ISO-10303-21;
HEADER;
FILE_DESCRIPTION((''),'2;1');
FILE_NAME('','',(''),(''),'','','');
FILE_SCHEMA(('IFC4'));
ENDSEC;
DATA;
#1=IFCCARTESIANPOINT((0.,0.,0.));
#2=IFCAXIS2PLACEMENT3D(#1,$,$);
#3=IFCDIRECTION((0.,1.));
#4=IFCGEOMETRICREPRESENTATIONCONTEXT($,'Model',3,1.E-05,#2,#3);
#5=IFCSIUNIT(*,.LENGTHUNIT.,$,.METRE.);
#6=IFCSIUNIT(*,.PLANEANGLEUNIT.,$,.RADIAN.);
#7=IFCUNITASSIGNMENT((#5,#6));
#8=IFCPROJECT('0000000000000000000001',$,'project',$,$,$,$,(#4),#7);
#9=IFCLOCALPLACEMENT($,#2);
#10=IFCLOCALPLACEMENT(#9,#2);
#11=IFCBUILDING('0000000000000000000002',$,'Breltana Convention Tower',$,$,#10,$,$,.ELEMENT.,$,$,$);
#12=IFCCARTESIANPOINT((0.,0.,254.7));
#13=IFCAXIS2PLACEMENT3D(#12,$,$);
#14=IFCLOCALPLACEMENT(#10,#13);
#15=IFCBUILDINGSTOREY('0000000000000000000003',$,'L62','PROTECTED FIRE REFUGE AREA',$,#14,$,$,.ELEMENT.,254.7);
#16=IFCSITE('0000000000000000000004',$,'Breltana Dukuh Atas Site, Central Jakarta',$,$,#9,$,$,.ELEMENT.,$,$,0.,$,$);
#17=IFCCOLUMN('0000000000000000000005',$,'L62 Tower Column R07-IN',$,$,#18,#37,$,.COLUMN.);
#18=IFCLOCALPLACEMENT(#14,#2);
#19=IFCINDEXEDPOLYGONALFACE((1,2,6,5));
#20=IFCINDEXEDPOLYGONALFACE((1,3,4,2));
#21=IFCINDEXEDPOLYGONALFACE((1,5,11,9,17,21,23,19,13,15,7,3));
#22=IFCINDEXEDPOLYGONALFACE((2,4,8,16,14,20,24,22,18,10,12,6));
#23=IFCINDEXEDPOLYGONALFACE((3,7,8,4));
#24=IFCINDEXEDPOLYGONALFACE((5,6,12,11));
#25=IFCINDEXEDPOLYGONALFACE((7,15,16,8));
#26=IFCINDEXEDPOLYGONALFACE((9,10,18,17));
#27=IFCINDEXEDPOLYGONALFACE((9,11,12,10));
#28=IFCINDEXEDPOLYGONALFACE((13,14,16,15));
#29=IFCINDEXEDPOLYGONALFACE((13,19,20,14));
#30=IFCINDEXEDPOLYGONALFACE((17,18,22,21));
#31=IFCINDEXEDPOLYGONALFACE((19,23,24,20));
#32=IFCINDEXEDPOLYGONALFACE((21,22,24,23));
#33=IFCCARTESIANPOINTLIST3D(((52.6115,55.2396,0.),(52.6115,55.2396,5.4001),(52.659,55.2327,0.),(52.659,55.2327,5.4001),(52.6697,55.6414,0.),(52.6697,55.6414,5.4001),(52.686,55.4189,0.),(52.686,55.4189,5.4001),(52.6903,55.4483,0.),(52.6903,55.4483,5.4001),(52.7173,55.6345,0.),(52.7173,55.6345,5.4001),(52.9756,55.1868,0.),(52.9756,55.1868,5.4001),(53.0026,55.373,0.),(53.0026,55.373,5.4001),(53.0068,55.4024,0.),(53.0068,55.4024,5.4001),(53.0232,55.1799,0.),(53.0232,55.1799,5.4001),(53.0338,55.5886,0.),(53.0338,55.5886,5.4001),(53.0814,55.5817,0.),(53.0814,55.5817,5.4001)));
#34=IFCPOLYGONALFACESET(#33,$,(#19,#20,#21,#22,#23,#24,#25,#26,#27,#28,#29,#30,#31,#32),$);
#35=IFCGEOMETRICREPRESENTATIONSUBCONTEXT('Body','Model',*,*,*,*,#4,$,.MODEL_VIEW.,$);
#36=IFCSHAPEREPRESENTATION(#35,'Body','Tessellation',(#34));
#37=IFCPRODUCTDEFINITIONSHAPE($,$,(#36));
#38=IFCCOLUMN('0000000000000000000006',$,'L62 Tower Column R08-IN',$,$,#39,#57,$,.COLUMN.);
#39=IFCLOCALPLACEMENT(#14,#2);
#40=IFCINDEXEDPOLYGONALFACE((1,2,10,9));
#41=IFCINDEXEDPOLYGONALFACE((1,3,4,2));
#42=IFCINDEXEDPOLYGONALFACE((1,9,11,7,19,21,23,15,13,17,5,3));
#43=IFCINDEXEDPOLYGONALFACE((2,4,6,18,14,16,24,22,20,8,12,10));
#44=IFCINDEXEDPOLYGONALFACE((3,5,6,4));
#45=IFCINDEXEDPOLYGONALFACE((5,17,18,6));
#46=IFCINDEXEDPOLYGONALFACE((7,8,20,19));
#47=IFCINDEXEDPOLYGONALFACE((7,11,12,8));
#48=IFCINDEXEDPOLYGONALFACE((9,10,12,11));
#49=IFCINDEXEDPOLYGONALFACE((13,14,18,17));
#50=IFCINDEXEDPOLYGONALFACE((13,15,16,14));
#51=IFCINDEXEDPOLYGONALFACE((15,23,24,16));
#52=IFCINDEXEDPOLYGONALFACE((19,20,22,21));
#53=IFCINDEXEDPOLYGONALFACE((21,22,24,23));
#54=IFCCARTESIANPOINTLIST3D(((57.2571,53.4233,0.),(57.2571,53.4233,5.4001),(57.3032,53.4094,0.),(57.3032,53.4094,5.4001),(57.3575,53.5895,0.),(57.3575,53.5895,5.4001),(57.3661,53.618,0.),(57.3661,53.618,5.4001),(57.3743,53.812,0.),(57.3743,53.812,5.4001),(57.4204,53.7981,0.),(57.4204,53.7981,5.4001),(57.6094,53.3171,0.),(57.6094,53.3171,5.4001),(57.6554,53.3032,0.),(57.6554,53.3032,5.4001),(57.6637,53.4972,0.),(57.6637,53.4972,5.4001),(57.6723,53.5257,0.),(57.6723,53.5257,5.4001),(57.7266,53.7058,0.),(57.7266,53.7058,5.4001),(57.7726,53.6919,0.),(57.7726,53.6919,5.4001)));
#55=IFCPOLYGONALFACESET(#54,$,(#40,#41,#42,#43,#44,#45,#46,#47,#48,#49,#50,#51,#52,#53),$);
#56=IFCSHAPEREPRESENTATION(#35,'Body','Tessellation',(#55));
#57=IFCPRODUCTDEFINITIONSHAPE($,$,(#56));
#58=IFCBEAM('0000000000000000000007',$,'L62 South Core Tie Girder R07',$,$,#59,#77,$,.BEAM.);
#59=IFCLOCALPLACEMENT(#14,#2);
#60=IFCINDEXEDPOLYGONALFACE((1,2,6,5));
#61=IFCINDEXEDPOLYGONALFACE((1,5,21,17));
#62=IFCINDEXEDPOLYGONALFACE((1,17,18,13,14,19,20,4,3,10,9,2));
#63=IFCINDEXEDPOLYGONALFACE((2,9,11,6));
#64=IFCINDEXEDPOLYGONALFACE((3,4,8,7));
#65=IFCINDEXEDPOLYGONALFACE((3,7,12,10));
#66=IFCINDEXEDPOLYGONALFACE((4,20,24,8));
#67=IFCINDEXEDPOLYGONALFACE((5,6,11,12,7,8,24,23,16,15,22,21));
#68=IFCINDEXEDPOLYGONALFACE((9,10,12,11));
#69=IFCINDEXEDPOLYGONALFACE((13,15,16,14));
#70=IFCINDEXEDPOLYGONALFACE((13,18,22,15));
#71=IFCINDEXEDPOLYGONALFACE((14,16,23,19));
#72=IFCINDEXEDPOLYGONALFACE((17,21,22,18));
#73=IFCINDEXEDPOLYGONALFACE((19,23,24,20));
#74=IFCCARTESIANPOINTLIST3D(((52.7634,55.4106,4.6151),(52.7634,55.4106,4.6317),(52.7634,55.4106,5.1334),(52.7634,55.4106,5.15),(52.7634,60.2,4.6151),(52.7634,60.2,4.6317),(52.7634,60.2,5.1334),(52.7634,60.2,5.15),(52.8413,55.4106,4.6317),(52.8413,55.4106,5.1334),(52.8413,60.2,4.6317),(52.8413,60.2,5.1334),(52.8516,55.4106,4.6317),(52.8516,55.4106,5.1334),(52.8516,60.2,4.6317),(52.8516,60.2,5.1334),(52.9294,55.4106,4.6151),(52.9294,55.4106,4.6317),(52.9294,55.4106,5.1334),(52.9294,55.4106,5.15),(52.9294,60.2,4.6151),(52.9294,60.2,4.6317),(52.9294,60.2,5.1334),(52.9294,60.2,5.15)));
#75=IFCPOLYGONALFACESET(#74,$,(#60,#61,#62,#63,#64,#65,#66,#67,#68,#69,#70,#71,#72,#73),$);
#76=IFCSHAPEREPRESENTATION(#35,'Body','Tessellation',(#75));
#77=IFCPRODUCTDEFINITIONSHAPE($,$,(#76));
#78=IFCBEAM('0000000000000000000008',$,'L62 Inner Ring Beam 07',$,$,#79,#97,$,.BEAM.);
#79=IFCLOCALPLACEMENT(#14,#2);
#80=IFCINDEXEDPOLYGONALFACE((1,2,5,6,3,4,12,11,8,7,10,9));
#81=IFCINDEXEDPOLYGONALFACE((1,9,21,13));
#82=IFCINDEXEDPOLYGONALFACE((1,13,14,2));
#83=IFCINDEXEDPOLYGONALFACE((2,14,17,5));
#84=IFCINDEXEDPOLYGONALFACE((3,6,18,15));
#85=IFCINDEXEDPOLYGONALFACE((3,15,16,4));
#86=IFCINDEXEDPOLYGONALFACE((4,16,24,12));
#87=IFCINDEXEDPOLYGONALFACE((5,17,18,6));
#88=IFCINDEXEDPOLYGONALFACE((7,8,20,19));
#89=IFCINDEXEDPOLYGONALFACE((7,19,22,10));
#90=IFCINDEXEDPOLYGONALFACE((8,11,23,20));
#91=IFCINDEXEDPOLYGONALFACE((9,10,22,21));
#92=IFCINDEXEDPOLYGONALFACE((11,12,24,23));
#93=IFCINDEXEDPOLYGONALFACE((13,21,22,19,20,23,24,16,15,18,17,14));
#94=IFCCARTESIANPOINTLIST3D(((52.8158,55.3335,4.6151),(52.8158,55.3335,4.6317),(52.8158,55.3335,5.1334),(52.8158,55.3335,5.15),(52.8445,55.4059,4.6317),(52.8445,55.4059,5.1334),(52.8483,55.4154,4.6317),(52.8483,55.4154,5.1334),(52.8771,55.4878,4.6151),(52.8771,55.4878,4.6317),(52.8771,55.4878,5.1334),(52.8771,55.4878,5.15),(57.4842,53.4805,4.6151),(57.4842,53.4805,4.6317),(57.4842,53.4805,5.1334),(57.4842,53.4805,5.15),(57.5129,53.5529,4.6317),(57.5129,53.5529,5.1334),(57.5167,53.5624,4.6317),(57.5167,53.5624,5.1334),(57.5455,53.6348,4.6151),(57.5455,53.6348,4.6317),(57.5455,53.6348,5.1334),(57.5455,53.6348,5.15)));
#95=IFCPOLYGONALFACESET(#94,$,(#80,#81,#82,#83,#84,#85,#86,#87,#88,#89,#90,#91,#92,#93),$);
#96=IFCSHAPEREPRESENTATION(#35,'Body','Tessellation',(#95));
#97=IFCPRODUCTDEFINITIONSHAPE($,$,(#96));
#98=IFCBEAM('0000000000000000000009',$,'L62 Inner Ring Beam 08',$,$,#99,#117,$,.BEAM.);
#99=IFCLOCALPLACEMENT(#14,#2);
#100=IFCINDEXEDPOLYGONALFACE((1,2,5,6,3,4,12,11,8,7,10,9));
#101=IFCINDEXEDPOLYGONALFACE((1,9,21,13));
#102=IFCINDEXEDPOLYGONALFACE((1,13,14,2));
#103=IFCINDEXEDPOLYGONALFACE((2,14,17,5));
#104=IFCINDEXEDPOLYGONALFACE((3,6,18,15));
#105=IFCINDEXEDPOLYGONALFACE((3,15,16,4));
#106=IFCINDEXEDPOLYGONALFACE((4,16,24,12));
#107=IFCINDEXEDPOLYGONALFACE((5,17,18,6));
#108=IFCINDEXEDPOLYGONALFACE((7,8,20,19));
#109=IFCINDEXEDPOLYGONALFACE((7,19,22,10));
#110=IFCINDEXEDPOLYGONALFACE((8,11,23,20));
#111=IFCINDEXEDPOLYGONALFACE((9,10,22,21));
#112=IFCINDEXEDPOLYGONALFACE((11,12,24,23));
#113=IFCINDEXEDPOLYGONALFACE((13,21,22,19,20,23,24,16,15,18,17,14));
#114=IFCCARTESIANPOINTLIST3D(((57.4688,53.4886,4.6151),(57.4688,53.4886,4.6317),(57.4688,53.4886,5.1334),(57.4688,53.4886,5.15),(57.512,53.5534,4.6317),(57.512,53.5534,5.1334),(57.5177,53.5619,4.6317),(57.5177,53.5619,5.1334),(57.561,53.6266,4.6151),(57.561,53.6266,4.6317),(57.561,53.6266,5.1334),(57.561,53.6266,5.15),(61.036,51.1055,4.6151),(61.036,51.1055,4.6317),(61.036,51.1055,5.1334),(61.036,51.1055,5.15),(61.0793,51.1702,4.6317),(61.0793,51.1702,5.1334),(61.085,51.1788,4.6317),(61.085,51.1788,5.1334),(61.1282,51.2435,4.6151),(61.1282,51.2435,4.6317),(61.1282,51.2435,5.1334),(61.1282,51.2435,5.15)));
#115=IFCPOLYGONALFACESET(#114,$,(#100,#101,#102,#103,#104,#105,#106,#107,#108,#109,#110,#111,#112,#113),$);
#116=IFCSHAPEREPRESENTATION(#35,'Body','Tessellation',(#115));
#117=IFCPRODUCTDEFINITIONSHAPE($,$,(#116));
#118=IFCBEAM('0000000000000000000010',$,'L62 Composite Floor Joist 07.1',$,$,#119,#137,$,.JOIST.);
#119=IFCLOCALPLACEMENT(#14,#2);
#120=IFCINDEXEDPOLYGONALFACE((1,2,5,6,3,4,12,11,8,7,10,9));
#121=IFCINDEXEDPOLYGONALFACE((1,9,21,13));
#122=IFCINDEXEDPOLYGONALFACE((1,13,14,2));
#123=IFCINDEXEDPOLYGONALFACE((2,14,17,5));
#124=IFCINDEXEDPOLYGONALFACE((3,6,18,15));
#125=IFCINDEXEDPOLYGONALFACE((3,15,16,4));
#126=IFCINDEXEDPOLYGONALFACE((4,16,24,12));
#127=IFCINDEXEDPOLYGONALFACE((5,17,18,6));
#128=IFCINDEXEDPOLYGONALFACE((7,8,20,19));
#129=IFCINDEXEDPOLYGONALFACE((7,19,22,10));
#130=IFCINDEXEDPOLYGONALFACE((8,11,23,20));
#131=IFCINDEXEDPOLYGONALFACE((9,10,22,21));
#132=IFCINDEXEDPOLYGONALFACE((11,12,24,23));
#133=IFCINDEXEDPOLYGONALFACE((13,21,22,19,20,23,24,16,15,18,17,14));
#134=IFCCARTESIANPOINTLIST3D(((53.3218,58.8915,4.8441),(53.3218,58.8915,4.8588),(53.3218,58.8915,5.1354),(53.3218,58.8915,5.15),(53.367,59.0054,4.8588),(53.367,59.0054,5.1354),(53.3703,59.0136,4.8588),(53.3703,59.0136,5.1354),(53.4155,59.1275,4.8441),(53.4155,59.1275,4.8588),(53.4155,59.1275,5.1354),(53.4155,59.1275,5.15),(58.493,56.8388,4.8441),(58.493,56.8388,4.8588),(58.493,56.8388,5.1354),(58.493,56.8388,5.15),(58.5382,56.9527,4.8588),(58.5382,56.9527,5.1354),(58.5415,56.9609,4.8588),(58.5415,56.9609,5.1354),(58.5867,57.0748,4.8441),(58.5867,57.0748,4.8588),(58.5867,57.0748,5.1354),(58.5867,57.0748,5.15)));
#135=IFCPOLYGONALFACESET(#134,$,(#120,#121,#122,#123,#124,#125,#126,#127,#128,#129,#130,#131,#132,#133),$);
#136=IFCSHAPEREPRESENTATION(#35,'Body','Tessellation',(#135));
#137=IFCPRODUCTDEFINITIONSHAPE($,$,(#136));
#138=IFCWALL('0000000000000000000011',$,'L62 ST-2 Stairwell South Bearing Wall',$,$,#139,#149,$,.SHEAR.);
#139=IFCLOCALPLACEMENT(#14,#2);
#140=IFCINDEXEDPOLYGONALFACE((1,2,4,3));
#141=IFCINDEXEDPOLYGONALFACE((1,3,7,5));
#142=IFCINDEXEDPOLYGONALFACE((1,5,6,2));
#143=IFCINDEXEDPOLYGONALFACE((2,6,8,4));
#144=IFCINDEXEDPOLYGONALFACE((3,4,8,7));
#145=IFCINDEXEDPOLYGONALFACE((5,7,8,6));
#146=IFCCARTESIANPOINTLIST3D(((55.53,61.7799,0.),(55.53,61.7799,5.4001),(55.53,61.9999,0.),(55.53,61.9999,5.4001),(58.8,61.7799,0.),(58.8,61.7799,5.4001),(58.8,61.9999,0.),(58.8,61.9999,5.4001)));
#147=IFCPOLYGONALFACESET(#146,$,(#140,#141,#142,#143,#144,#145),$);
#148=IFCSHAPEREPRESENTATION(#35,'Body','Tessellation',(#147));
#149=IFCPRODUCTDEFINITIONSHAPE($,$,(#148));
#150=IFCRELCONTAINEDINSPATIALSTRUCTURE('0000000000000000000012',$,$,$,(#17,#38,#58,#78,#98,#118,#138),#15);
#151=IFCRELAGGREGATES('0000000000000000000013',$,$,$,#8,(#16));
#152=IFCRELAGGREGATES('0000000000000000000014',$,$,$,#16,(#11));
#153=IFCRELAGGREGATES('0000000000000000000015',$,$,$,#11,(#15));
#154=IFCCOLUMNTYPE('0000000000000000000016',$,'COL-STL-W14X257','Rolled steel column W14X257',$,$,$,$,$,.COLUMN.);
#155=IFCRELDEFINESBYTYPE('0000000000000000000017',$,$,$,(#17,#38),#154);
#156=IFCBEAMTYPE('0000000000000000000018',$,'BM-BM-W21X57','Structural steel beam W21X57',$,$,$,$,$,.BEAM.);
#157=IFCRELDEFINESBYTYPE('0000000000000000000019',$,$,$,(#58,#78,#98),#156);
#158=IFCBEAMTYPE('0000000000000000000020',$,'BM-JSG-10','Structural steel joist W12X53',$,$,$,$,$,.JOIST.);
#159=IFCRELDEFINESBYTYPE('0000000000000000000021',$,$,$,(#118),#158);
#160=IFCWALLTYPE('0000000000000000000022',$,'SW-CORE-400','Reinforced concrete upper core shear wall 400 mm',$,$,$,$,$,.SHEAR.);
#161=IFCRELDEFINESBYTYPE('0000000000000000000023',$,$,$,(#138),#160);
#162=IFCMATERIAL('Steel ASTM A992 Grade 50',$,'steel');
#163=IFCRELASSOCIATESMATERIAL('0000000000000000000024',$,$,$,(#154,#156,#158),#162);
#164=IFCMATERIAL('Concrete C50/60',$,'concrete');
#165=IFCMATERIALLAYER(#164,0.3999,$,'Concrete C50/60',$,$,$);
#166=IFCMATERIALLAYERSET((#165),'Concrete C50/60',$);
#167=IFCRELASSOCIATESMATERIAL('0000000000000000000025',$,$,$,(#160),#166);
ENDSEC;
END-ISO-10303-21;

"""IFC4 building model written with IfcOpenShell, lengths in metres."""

from ifc_helpers import new_model, si_unit, direction, frame, frame_2d, origin, origin_2d, place, context, subcontext, project, spatial, rectangle, i_section, extrude, source, transform, mapped, material, layer, layer_set, material_profile, profile_set, type_object, element, save


model = new_model("IFC4")

# Units and contexts
model_context = context("Model", 3, precision=1e-05, world=origin(), true_north=direction((0.0, 1.0)))
body_context = subcontext(model_context, "Body", "Model", "MODEL_VIEW")
ifc_project = project(units=[si_unit("LENGTHUNIT", "METRE"), si_unit("PLANEANGLEUNIT", "RADIAN")], contexts=[model_context])

# Site, building, storey
site_placement = place(None, origin())
site = spatial("IfcSite", under=ifc_project, at=site_placement, Name="Breltana Dukuh Atas Site, Central Jakarta", CompositionType="ELEMENT", RefElevation=0.0)
building_placement = place(site_placement, origin())
building = spatial("IfcBuilding", under=site, at=building_placement, Name="Breltana Convention Tower", CompositionType="ELEMENT")
storey_placement = place(building_placement, frame((0.0, 0.0, 254.7)))
storey = spatial("IfcBuildingStorey", under=building, at=storey_placement, Name="L62", Description="PROTECTED FIRE REFUGE AREA", CompositionType="ELEMENT", Elevation=254.7)

# Columns
ifc_material_1 = material(Name="Steel ASTM A992 Grade 50", Category="steel")
ifc_material_profile_1 = material_profile(ifc_material_1, i_section(OverallWidth=0.406, OverallDepth=0.416, WebThickness=0.0298, FlangeThickness=0.0481, at=origin_2d()), Name="W14X257")
ifc_profile_set_1 = profile_set([ifc_material_profile_1], Name="Steel ASTM A992 Grade 50")
column_type = type_object("IfcColumnType", Name="COL-STL-W14X257", Description="Rolled steel column W14X257", PredefinedType="COLUMN", material=ifc_profile_set_1)
shared_shape_1 = source(origin(), body_context, "Body", "SweptSolid", [
    extrude(i_section(OverallWidth=0.406, OverallDepth=0.416, WebThickness=0.0298, FlangeThickness=0.0481, at=origin_2d()), origin(), (0.0, 0.0, 1.0), 5.4001),
])
for number, where, z_axis, x_axis, name in (
    (1, (52.8464, 55.4106, 0.0), (0.0, 0.0, 1.0), (0.143493, 0.989651, 0.0), "L62 Tower Column R07-IN"),
    (2, (57.5149, 53.5576, 0.0), (0.0, 0.0, 1.0), (0.288698, 0.95742, 0.0), "L62 Tower Column R08-IN"),
):
    element("IfcColumn", number, at=place(storey_placement, frame(where, z_axis=z_axis, x_axis=x_axis)), inside=storey, type_object=column_type, Name=name, PredefinedType="COLUMN", context=body_context, shape_type="MappedRepresentation", body=[
        mapped(shared_shape_1, transform((0.0, 0.0, 0.0), scale=1.0)),
    ])

# Beams
ifc_material_profile_2 = material_profile(ifc_material_1, i_section(OverallWidth=0.166, OverallDepth=0.5349, WebThickness=0.0103, FlangeThickness=0.0166, at=origin_2d()), Name="W21X57")
ifc_profile_set_2 = profile_set([ifc_material_profile_2], Name="Steel ASTM A992 Grade 50")
beam_type_1 = type_object("IfcBeamType", Name="BM-BM-W21X57", Description="Structural steel beam W21X57", PredefinedType="BEAM", material=ifc_profile_set_2)
shared_shape_2 = source(origin(), body_context, "Body", "SweptSolid", [
    extrude(i_section(OverallWidth=0.166, OverallDepth=0.5349, WebThickness=0.0103, FlangeThickness=0.0166, at=origin_2d()), origin(), (0.0, 0.0, 1.0), 4.7893),
])
beam_1_placement = place(storey_placement, frame((52.8464, 60.2, 4.8826), z_axis=(0.0, -1.0, 0.0), x_axis=(1.0, 0.0, 0.0)))
element("IfcBeam", 3, at=beam_1_placement, inside=storey, type_object=beam_type_1, Name="L62 South Core Tie Girder R07", PredefinedType="BEAM", context=body_context, shape_type="MappedRepresentation", body=[
    mapped(shared_shape_2, transform((0.0, 0.0, 0.0), scale=1.0)),
])
shared_shape_3 = source(origin(), body_context, "Body", "SweptSolid", [
    extrude(i_section(OverallWidth=0.166, OverallDepth=0.5349, WebThickness=0.0103, FlangeThickness=0.0166, at=origin_2d()), origin(), (0.0, 0.0, 1.0), 5.0227),
])
beam_2_placement = place(storey_placement, frame((52.8464, 55.4106, 4.8826), z_axis=(0.929459, -0.368926, 0.0), x_axis=(0.368926, 0.929459, 0.0)))
element("IfcBeam", 4, at=beam_2_placement, inside=storey, type_object=beam_type_1, Name="L62 Inner Ring Beam 07", PredefinedType="BEAM", context=body_context, shape_type="MappedRepresentation", body=[
    mapped(shared_shape_3, transform((0.0, 0.0, 0.0), scale=1.0)),
])
shared_shape_4 = source(origin(), body_context, "Body", "SweptSolid", [
    extrude(i_section(OverallWidth=0.166, OverallDepth=0.5349, WebThickness=0.0103, FlangeThickness=0.0166, at=origin_2d()), origin(), (0.0, 0.0, 1.0), 4.29),
])
beam_3_placement = place(storey_placement, frame((57.5149, 53.5576, 4.8826), z_axis=(0.831516, -0.555501, 0.0), x_axis=(0.555501, 0.831516, 0.0)))
element("IfcBeam", 5, at=beam_3_placement, inside=storey, type_object=beam_type_1, Name="L62 Inner Ring Beam 08", PredefinedType="BEAM", context=body_context, shape_type="MappedRepresentation", body=[
    mapped(shared_shape_4, transform((0.0, 0.0, 0.0), scale=1.0)),
])
ifc_material_profile_3 = material_profile(ifc_material_1, i_section(OverallWidth=0.2539, OverallDepth=0.3059, WebThickness=0.0088, FlangeThickness=0.0146, at=origin_2d()), Name="W12X53")
ifc_profile_set_3 = profile_set([ifc_material_profile_3], Name="Steel ASTM A992 Grade 50")
beam_type_2 = type_object("IfcBeamType", Name="BM-JSG-10", Description="Structural steel joist W12X53", PredefinedType="JOIST", material=ifc_profile_set_3)
shared_shape_5 = source(origin(), body_context, "Body", "SweptSolid", [
    extrude(i_section(OverallWidth=0.2539, OverallDepth=0.3059, WebThickness=0.0088, FlangeThickness=0.0146, at=origin_2d()), origin(), (0.0, 0.0, 1.0), 5.5637),
])
beam_4_placement = place(storey_placement, frame((53.3687, 59.0095, 4.9971), z_axis=(0.929448, -0.368953, 0.0), x_axis=(0.368953, 0.929448, 0.0)))
element("IfcBeam", 6, at=beam_4_placement, inside=storey, type_object=beam_type_2, Name="L62 Composite Floor Joist 07.1", PredefinedType="JOIST", context=body_context, shape_type="MappedRepresentation", body=[
    mapped(shared_shape_5, transform((0.0, 0.0, 0.0), scale=1.0)),
])

# Wall
ifc_material_2 = material(Name="Concrete C50/60", Category="concrete")
ifc_layer_1 = layer(ifc_material_2, 0.3999, Name="Concrete C50/60")
ifc_layer_set_1 = layer_set([ifc_layer_1], Name="Concrete C50/60")
wall_type_1 = type_object("IfcWallType", Name="SW-CORE-400", Description="Reinforced concrete upper core shear wall 400 mm", PredefinedType="SHEAR", material=ifc_layer_set_1)
shared_shape_6 = source(origin(), body_context, "Body", "SweptSolid", [
    extrude(rectangle(XDim=3.27, YDim=0.22, at=frame_2d((1.635, 0.0))), origin(), (0.0, 0.0, 1.0), 5.4001),
])
wall_1_placement = place(storey_placement, frame((55.53, 61.8899, 0.0), z_axis=(0.0, 0.0, 1.0), x_axis=(1.0, 0.0, 0.0)))
element("IfcWall", 7, at=wall_1_placement, inside=storey, type_object=wall_type_1, Name="L62 ST-2 Stairwell South Bearing Wall", PredefinedType="SHEAR", context=body_context, shape_type="MappedRepresentation", body=[
    mapped(shared_shape_6, transform((0.0, 0.0, 0.0), scale=1.0)),
])

save(model, "model.ifc")
